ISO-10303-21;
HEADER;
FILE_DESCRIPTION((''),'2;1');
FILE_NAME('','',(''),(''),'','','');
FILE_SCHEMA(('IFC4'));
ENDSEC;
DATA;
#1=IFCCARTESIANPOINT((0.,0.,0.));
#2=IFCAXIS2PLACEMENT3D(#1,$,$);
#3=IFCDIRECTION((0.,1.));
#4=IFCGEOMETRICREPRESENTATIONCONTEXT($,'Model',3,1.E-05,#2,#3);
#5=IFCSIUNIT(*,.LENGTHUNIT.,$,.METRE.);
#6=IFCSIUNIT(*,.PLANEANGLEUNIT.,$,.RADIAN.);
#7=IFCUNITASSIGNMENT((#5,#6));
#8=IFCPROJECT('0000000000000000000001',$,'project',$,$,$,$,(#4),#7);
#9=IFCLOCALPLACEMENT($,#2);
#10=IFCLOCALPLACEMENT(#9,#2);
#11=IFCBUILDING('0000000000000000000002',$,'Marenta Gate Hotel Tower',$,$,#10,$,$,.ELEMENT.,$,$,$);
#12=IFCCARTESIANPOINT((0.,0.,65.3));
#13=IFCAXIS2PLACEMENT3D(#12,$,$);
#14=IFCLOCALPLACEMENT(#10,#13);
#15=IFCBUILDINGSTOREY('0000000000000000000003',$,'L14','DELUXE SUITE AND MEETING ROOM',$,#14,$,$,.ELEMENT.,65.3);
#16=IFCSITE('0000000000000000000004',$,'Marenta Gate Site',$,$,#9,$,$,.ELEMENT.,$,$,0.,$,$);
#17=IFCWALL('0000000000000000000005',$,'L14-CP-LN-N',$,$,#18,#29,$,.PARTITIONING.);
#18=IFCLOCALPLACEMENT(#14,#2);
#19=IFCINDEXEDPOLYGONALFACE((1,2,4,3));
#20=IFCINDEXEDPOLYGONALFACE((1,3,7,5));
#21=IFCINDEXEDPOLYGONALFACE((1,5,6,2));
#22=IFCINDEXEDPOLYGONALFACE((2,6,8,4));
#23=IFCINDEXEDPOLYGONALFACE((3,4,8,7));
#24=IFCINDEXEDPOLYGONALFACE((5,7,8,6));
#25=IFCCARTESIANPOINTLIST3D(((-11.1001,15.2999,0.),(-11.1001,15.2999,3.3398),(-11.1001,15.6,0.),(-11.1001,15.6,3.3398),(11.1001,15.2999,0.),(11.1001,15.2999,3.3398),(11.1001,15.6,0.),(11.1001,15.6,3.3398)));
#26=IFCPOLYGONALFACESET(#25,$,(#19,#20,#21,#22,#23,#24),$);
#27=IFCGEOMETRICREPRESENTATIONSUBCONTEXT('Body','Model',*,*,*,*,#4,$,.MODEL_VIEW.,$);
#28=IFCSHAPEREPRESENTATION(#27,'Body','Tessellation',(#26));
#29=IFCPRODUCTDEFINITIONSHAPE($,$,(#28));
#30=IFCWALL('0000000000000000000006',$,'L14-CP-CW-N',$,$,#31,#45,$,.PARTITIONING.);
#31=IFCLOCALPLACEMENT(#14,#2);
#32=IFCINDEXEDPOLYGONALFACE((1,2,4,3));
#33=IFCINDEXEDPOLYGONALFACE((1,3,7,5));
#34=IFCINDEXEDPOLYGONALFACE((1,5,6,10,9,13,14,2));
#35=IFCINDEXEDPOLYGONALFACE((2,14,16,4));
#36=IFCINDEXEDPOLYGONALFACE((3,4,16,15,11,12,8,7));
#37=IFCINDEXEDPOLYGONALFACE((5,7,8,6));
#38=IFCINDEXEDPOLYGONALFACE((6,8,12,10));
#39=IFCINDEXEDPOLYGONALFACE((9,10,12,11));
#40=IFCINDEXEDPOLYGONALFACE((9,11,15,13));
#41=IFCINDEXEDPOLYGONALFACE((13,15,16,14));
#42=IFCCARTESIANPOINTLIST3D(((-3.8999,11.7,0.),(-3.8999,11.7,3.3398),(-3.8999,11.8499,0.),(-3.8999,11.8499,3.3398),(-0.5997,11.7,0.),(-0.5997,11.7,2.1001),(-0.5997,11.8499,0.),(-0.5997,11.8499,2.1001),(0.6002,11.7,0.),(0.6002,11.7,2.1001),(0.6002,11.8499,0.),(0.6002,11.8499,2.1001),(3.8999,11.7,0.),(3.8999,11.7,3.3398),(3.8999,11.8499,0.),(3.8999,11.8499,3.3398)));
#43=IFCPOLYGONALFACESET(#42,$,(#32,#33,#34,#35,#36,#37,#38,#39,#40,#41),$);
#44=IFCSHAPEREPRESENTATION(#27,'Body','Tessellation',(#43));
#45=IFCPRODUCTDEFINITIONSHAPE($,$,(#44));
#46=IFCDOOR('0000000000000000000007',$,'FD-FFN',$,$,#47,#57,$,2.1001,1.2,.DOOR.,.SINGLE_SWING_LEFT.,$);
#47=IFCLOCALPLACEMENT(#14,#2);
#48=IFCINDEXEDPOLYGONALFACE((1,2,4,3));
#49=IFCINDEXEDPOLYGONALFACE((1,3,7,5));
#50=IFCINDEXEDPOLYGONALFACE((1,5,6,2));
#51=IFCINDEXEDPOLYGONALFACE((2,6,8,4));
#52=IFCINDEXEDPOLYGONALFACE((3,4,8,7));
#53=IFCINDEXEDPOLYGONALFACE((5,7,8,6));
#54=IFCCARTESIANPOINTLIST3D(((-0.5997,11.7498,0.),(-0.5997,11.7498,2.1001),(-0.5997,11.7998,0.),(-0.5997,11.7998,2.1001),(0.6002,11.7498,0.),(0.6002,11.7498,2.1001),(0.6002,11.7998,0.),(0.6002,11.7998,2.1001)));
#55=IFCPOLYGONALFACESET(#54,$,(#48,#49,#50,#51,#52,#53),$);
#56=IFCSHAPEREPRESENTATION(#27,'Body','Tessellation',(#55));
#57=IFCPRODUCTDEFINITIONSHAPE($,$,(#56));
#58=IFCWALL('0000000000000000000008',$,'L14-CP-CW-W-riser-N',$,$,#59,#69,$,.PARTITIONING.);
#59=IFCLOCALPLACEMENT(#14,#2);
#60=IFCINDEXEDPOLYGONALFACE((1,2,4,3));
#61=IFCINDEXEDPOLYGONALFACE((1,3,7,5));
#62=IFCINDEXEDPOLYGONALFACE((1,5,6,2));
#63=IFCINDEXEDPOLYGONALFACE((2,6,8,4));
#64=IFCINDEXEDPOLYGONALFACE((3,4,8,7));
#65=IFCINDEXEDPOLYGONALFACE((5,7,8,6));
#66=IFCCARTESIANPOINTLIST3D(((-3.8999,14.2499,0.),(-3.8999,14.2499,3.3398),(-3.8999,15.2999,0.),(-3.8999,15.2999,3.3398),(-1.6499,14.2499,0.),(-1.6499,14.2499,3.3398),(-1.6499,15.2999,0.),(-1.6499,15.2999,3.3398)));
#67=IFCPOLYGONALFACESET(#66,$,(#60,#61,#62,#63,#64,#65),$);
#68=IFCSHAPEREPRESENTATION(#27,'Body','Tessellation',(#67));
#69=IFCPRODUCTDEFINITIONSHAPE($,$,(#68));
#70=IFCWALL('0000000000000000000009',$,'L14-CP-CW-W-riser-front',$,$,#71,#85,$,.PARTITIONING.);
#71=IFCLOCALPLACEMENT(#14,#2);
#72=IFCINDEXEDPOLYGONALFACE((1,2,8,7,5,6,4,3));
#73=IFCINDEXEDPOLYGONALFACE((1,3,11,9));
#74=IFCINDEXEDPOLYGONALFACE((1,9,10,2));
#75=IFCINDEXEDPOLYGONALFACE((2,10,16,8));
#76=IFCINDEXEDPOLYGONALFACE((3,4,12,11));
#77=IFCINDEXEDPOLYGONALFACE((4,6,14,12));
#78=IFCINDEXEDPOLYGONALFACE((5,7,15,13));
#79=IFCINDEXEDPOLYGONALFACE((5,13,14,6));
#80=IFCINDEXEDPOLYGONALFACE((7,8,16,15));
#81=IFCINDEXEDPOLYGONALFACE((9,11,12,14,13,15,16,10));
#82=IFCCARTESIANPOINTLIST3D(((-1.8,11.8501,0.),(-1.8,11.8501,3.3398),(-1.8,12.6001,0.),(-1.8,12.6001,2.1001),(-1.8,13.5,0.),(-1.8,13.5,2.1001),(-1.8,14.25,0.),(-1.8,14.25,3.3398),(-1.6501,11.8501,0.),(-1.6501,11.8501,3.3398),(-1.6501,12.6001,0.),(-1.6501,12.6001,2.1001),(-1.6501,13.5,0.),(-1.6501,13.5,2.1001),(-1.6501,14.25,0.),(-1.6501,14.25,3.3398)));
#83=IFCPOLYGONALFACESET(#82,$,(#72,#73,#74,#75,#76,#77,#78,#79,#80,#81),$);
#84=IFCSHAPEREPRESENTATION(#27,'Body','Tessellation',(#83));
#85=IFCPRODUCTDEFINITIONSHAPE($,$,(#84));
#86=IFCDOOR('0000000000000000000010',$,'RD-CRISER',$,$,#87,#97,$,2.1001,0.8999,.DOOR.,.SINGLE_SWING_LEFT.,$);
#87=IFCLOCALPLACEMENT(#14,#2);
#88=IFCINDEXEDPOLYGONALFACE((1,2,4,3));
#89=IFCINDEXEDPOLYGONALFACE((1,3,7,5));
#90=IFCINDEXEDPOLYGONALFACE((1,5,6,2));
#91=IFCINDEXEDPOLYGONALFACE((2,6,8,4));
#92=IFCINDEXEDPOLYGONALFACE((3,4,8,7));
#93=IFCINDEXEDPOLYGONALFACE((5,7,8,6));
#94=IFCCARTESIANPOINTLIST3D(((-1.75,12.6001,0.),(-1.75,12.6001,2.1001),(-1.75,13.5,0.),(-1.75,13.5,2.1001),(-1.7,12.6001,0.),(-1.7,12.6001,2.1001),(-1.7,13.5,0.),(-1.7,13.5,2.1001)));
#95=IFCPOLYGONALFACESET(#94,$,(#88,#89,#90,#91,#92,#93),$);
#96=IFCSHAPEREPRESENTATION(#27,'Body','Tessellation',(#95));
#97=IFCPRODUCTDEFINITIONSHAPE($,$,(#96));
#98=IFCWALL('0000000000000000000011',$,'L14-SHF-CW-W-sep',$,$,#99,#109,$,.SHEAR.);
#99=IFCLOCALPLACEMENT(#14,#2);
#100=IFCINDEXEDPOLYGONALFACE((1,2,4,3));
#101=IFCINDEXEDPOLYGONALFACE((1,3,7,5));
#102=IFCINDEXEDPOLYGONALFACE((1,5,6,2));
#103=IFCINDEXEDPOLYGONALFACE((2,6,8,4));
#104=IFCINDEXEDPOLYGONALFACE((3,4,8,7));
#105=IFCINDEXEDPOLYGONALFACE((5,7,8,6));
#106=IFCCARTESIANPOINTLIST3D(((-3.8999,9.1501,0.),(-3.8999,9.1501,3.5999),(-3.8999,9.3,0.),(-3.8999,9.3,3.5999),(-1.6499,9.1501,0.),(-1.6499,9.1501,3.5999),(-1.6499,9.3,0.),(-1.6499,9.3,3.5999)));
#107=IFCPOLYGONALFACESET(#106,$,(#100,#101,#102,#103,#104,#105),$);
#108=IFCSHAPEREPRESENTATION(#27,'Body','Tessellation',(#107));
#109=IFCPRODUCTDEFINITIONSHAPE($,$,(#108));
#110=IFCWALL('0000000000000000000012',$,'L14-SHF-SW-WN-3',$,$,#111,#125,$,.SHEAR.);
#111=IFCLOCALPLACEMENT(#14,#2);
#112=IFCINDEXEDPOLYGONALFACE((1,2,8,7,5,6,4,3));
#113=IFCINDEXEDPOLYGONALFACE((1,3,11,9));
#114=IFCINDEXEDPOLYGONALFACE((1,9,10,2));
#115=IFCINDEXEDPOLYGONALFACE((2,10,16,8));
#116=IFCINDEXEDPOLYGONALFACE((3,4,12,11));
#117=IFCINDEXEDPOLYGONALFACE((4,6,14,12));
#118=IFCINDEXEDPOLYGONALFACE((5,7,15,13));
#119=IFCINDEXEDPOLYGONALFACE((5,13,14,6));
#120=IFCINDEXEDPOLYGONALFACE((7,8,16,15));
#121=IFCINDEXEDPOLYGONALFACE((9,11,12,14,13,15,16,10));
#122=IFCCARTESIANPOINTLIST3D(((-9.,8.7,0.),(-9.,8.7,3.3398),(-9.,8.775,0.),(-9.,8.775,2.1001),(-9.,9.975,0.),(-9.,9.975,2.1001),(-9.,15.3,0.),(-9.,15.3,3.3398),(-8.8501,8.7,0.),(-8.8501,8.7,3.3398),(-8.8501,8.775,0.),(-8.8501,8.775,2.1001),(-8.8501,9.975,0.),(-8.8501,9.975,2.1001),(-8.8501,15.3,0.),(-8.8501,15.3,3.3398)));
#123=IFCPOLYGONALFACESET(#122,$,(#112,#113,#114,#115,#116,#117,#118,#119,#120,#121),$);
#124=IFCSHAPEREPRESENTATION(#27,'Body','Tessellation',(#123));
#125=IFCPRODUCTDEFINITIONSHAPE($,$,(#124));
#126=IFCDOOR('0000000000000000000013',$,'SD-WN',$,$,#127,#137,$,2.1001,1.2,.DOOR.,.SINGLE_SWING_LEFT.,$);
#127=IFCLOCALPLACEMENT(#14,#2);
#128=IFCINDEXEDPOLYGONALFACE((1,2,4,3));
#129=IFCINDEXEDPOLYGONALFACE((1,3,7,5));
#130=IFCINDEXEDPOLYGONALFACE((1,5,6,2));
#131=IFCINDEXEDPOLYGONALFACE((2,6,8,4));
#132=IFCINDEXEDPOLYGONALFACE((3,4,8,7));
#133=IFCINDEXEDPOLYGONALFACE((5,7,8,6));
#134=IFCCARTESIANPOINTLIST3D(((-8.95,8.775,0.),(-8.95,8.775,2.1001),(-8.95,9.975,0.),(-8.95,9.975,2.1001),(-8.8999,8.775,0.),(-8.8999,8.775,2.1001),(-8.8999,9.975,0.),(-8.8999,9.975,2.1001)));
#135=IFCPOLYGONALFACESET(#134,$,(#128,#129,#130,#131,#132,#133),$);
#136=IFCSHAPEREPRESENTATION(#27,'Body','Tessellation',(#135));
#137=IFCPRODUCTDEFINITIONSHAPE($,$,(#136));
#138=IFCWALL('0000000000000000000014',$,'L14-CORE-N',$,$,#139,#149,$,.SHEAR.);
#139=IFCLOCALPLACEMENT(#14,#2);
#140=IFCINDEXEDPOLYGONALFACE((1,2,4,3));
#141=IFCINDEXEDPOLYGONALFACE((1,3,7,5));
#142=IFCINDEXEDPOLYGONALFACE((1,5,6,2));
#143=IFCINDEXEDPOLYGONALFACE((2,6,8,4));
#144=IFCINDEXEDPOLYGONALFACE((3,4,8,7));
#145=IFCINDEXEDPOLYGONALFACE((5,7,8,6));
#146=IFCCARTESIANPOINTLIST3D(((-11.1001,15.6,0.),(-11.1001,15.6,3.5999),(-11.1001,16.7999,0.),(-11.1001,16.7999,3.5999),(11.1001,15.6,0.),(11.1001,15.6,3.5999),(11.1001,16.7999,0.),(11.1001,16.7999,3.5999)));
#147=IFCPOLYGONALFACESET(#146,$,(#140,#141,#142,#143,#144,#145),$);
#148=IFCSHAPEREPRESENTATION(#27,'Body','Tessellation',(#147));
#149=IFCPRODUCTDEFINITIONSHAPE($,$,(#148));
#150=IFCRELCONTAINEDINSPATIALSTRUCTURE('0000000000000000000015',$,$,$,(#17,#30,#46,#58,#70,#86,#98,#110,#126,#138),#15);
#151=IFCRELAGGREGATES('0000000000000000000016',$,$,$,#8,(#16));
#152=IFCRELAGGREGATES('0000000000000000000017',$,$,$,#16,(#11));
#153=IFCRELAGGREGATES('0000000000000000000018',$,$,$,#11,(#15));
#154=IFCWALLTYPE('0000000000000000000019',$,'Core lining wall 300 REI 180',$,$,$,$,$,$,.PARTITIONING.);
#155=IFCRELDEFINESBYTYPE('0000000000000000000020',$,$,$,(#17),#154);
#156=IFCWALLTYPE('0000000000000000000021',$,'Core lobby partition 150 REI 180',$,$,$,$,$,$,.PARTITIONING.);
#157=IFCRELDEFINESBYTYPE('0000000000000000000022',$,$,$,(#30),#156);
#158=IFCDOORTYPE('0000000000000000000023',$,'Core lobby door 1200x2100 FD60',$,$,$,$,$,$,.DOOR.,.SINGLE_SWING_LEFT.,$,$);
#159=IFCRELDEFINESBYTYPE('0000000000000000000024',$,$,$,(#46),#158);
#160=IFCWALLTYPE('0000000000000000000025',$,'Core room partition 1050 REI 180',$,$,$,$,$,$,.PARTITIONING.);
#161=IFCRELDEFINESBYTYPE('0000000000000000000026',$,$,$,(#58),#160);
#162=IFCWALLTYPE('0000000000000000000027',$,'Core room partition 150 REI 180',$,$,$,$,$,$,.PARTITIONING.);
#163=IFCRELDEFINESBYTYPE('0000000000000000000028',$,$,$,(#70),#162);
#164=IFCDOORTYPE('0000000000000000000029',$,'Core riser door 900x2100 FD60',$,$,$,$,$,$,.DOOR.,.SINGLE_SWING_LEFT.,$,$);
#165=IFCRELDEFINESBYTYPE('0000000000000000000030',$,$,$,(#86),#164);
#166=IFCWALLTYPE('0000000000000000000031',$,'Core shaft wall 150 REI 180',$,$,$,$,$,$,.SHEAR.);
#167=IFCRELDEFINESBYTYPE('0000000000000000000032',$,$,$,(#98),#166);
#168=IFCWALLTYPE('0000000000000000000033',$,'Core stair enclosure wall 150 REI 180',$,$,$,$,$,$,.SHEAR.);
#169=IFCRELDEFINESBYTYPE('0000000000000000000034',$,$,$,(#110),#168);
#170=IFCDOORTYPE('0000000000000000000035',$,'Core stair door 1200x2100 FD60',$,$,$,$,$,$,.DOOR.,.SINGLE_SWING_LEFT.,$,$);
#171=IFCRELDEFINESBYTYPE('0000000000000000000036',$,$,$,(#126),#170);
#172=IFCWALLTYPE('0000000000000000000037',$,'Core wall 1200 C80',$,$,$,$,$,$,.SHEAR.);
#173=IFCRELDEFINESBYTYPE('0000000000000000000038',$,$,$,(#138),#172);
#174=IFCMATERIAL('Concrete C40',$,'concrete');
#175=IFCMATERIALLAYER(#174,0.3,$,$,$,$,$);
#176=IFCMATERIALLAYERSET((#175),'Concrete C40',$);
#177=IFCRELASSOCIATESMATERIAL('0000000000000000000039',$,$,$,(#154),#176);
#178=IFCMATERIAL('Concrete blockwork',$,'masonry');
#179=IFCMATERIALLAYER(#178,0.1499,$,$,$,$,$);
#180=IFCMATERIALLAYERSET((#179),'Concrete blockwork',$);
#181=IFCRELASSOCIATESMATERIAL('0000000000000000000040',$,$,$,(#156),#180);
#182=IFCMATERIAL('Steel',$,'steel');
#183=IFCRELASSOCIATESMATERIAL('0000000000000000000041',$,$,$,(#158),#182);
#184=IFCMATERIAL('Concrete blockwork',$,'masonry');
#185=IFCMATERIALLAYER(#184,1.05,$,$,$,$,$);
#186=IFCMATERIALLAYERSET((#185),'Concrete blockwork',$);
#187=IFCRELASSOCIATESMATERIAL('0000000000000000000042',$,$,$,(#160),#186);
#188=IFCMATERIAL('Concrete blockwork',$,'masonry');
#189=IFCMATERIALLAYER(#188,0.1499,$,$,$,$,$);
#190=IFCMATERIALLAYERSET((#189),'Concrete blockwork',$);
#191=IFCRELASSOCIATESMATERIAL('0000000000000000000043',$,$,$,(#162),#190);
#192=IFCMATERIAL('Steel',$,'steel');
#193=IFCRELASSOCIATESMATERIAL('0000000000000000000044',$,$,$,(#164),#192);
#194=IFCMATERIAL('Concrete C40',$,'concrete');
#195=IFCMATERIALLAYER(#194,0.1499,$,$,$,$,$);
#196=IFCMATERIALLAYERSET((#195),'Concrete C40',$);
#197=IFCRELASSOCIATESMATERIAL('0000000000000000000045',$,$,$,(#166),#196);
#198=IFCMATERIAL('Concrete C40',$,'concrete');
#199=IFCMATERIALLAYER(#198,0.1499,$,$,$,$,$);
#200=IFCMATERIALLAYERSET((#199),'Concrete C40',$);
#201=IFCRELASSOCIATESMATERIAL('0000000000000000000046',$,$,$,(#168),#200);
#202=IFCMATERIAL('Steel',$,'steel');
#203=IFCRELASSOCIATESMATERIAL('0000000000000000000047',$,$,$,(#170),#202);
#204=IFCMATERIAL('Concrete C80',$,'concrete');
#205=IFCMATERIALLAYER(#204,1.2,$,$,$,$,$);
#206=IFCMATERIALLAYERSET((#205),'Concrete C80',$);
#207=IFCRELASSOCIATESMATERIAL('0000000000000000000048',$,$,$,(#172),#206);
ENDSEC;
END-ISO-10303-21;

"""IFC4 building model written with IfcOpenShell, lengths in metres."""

from ifc_helpers import new_model, si_unit, direction, frame, frame_2d, origin, place, context, subcontext, project, spatial, rectangle, extrude, material, layer, layer_set, type_object, element, fill, save


model = new_model("IFC4")

# Units and contexts
model_context = context("Model", 3, precision=1e-05, world=origin(), true_north=direction((0.0, 1.0)))
body_context = subcontext(model_context, "Body", "Model", "MODEL_VIEW")
ifc_project = project(units=[si_unit("LENGTHUNIT", "METRE"), si_unit("PLANEANGLEUNIT", "RADIAN")], contexts=[model_context])

# Site, building, storey
site_placement = place(None, origin())
site = spatial("IfcSite", under=ifc_project, at=site_placement, Name="Marenta Gate Site", CompositionType="ELEMENT", RefElevation=0.0)
building_placement = place(site_placement, origin())
building = spatial("IfcBuilding", under=site, at=building_placement, Name="Marenta Gate Hotel Tower", CompositionType="ELEMENT")
storey_placement = place(building_placement, frame((0.0, 0.0, 65.3)))
storey = spatial("IfcBuildingStorey", under=building, at=storey_placement, Name="L14", Description="DELUXE SUITE AND MEETING ROOM", CompositionType="ELEMENT", Elevation=65.3)

# Wall
ifc_material_1 = material(Name="Concrete C40", Category="concrete")
ifc_layer_1 = layer(ifc_material_1, 0.3)
ifc_layer_set_1 = layer_set([ifc_layer_1], Name="Concrete C40")
wall_type_1 = type_object("IfcWallType", Name="Core lining wall 300 REI 180", PredefinedType="PARTITIONING", material=ifc_layer_set_1)
wall_1_placement = place(storey_placement, frame((-11.1001, 15.45, 0.0), z_axis=(0.0, 0.0, 1.0), x_axis=(1.0, 0.0, 0.0)))
element("IfcWall", 1, at=wall_1_placement, inside=storey, type_object=wall_type_1, Name="L14-CP-LN-N", PredefinedType="PARTITIONING", context=body_context, shape_type="SweptSolid", body=[
    extrude(rectangle(XDim=22.2002, YDim=0.3, at=frame_2d((11.1001, 0.0))), origin(), (0.0, 0.0, 1.0), 3.3398),
])

# Wall, opening, door
ifc_material_2 = material(Name="Concrete blockwork", Category="masonry")
ifc_layer_2 = layer(ifc_material_2, 0.1499)
ifc_layer_set_2 = layer_set([ifc_layer_2], Name="Concrete blockwork")
wall_type_2 = type_object("IfcWallType", Name="Core lobby partition 150 REI 180", PredefinedType="PARTITIONING", material=ifc_layer_set_2)
wall_2_placement = place(storey_placement, frame((-3.8999, 11.7749, 0.0), z_axis=(0.0, 0.0, 1.0), x_axis=(1.0, 0.0, 0.0)))
wall_2 = element("IfcWall", 2, at=wall_2_placement, inside=storey, type_object=wall_type_2, Name="L14-CP-CW-N", PredefinedType="PARTITIONING", context=body_context, shape_type="SweptSolid", body=[
    extrude(rectangle(XDim=7.7998, YDim=0.1499, at=frame_2d((3.8999, 0.0))), origin(), (0.0, 0.0, 1.0), 3.3398),
])
opening_1_placement = place(wall_2_placement, frame((3.3, 0.0, 0.0)))
opening_1 = element("IfcOpeningElement", 3, at=opening_1_placement, cuts=wall_2, PredefinedType="OPENING", context=body_context, shape_type="SweptSolid", body=[
    extrude(rectangle(XDim=1.2, YDim=2.1001, at=frame_2d((0.6001, 1.05))), frame((0.0, 0.075, 0.0), z_axis=(0.0, -1.0, 0.0), x_axis=(1.0, 0.0, 0.0)), (0.0, 0.0, 1.0), 0.1499),
])
ifc_material_3 = material(Name="Steel", Category="steel")
door_type_1 = type_object("IfcDoorType", Name="Core lobby door 1200x2100 FD60", OperationType="SINGLE_SWING_LEFT", PredefinedType="DOOR", material=ifc_material_3)
door_1_placement = place(opening_1_placement, origin())
door_1 = element("IfcDoor", 4, at=door_1_placement, inside=storey, type_object=door_type_1, Name="FD-FFN", OperationType="SINGLE_SWING_LEFT", OverallHeight=2.1001, OverallWidth=1.2, PredefinedType="DOOR", context=body_context, shape_type="SweptSolid", body=[
    extrude(rectangle(XDim=1.2, YDim=2.1001, at=frame_2d((0.6001, 1.05))), frame((0.0, 0.0249, 0.0), z_axis=(0.0, -1.0, 0.0), x_axis=(1.0, 0.0, 0.0)), (0.0, 0.0, 1.0), 0.05),
])
fill(opening_1, door_1)

# Wall
ifc_material_4 = material(Name="Concrete blockwork", Category="masonry")
ifc_layer_3 = layer(ifc_material_4, 1.05)
ifc_layer_set_3 = layer_set([ifc_layer_3], Name="Concrete blockwork")
wall_type_3 = type_object("IfcWallType", Name="Core room partition 1050 REI 180", PredefinedType="PARTITIONING", material=ifc_layer_set_3)
wall_3_placement = place(storey_placement, frame((-3.8999, 14.7749, 0.0), z_axis=(0.0, 0.0, 1.0), x_axis=(1.0, 0.0, 0.0)))
element("IfcWall", 5, at=wall_3_placement, inside=storey, type_object=wall_type_3, Name="L14-CP-CW-W-riser-N", PredefinedType="PARTITIONING", context=body_context, shape_type="SweptSolid", body=[
    extrude(rectangle(XDim=2.25, YDim=1.05, at=frame_2d((1.125, 0.0))), origin(), (0.0, 0.0, 1.0), 3.3398),
])

# Wall, opening, door
ifc_material_5 = material(Name="Concrete blockwork", Category="masonry")
ifc_layer_4 = layer(ifc_material_5, 0.1499)
ifc_layer_set_4 = layer_set([ifc_layer_4], Name="Concrete blockwork")
wall_type_4 = type_object("IfcWallType", Name="Core room partition 150 REI 180", PredefinedType="PARTITIONING", material=ifc_layer_set_4)
wall_4_placement = place(storey_placement, frame((-1.7251, 11.8501, 0.0), z_axis=(0.0, 0.0, 1.0), x_axis=(0.0, 1.0, 0.0)))
wall_4 = element("IfcWall", 6, at=wall_4_placement, inside=storey, type_object=wall_type_4, Name="L14-CP-CW-W-riser-front", PredefinedType="PARTITIONING", context=body_context, shape_type="SweptSolid", body=[
    extrude(rectangle(XDim=2.3999, YDim=0.1499, at=frame_2d((1.2, 0.0))), origin(), (0.0, 0.0, 1.0), 3.3398),
])
opening_2_placement = place(wall_4_placement, frame((0.75, 0.0, 0.0)))
opening_2 = element("IfcOpeningElement", 7, at=opening_2_placement, cuts=wall_4, PredefinedType="OPENING", context=body_context, shape_type="SweptSolid", body=[
    extrude(rectangle(XDim=0.8999, YDim=2.1001, at=frame_2d((0.45, 1.05))), frame((0.0, 0.075, 0.0), z_axis=(0.0, -1.0, 0.0), x_axis=(1.0, 0.0, 0.0)), (0.0, 0.0, 1.0), 0.1499),
])
ifc_material_6 = material(Name="Steel", Category="steel")
door_type_2 = type_object("IfcDoorType", Name="Core riser door 900x2100 FD60", OperationType="SINGLE_SWING_LEFT", PredefinedType="DOOR", material=ifc_material_6)
door_2_placement = place(opening_2_placement, origin())
door_2 = element("IfcDoor", 8, at=door_2_placement, inside=storey, type_object=door_type_2, Name="RD-CRISER", OperationType="SINGLE_SWING_LEFT", OverallHeight=2.1001, OverallWidth=0.8999, PredefinedType="DOOR", context=body_context, shape_type="SweptSolid", body=[
    extrude(rectangle(XDim=0.8999, YDim=2.1001, at=frame_2d((0.45, 1.05))), frame((0.0, 0.0249, 0.0), z_axis=(0.0, -1.0, 0.0), x_axis=(1.0, 0.0, 0.0)), (0.0, 0.0, 1.0), 0.05),
])
fill(opening_2, door_2)

# Wall
ifc_material_7 = material(Name="Concrete C40", Category="concrete")
ifc_layer_5 = layer(ifc_material_7, 0.1499)
ifc_layer_set_5 = layer_set([ifc_layer_5], Name="Concrete C40")
wall_type_5 = type_object("IfcWallType", Name="Core shaft wall 150 REI 180", PredefinedType="SHEAR", material=ifc_layer_set_5)
wall_5_placement = place(storey_placement, frame((-3.8999, 9.2251, 0.0), z_axis=(0.0, 0.0, 1.0), x_axis=(1.0, 0.0, 0.0)))
element("IfcWall", 9, at=wall_5_placement, inside=storey, type_object=wall_type_5, Name="L14-SHF-CW-W-sep", PredefinedType="SHEAR", context=body_context, shape_type="SweptSolid", body=[
    extrude(rectangle(XDim=2.25, YDim=0.1499, at=frame_2d((1.125, 0.0))), origin(), (0.0, 0.0, 1.0), 3.5999),
])

# Wall, opening, door
ifc_material_8 = material(Name="Concrete C40", Category="concrete")
ifc_layer_6 = layer(ifc_material_8, 0.1499)
ifc_layer_set_6 = layer_set([ifc_layer_6], Name="Concrete C40")
wall_type_6 = type_object("IfcWallType", Name="Core stair enclosure wall 150 REI 180", PredefinedType="SHEAR", material=ifc_layer_set_6)
wall_6_placement = place(storey_placement, frame((-8.925, 8.7, 0.0), z_axis=(0.0, 0.0, 1.0), x_axis=(0.0, 1.0, 0.0)))
wall_6 = element("IfcWall", 10, at=wall_6_placement, inside=storey, type_object=wall_type_6, Name="L14-SHF-SW-WN-3", PredefinedType="SHEAR", context=body_context, shape_type="SweptSolid", body=[
    extrude(rectangle(XDim=6.6001, YDim=0.1499, at=frame_2d((3.3, 0.0))), origin(), (0.0, 0.0, 1.0), 3.3398),
])
opening_3_placement = place(wall_6_placement, frame((0.075, 0.0, 0.0)))
opening_3 = element("IfcOpeningElement", 11, at=opening_3_placement, cuts=wall_6, PredefinedType="OPENING", context=body_context, shape_type="SweptSolid", body=[
    extrude(rectangle(XDim=1.2, YDim=2.1001, at=frame_2d((0.6001, 1.05))), frame((0.0, 0.075, 0.0), z_axis=(0.0, -1.0, 0.0), x_axis=(1.0, 0.0, 0.0)), (0.0, 0.0, 1.0), 0.1499),
])
ifc_material_9 = material(Name="Steel", Category="steel")
door_type_3 = type_object("IfcDoorType", Name="Core stair door 1200x2100 FD60", OperationType="SINGLE_SWING_LEFT", PredefinedType="DOOR", material=ifc_material_9)
door_3_placement = place(opening_3_placement, origin())
door_3 = element("IfcDoor", 12, at=door_3_placement, inside=storey, type_object=door_type_3, Name="SD-WN", OperationType="SINGLE_SWING_LEFT", OverallHeight=2.1001, OverallWidth=1.2, PredefinedType="DOOR", context=body_context, shape_type="SweptSolid", body=[
    extrude(rectangle(XDim=1.2, YDim=2.1001, at=frame_2d((0.6001, 1.05))), frame((0.0, 0.0249, 0.0), z_axis=(0.0, -1.0, 0.0), x_axis=(1.0, 0.0, 0.0)), (0.0, 0.0, 1.0), 0.05),
])
fill(opening_3, door_3)

# Wall
ifc_material_10 = material(Name="Concrete C80", Category="concrete")
ifc_layer_7 = layer(ifc_material_10, 1.2)
ifc_layer_set_7 = layer_set([ifc_layer_7], Name="Concrete C80")
wall_type_7 = type_object("IfcWallType", Name="Core wall 1200 C80", PredefinedType="SHEAR", material=ifc_layer_set_7)
wall_7_placement = place(storey_placement, frame((-11.1001, 16.2, 0.0), z_axis=(0.0, 0.0, 1.0), x_axis=(1.0, 0.0, 0.0)))
element("IfcWall", 13, at=wall_7_placement, inside=storey, type_object=wall_type_7, Name="L14-CORE-N", PredefinedType="SHEAR", context=body_context, shape_type="SweptSolid", body=[
    extrude(rectangle(XDim=22.2002, YDim=1.2, at=frame_2d((11.1001, 0.0))), origin(), (0.0, 0.0, 1.0), 3.5999),
])

save(model, "model.ifc")
